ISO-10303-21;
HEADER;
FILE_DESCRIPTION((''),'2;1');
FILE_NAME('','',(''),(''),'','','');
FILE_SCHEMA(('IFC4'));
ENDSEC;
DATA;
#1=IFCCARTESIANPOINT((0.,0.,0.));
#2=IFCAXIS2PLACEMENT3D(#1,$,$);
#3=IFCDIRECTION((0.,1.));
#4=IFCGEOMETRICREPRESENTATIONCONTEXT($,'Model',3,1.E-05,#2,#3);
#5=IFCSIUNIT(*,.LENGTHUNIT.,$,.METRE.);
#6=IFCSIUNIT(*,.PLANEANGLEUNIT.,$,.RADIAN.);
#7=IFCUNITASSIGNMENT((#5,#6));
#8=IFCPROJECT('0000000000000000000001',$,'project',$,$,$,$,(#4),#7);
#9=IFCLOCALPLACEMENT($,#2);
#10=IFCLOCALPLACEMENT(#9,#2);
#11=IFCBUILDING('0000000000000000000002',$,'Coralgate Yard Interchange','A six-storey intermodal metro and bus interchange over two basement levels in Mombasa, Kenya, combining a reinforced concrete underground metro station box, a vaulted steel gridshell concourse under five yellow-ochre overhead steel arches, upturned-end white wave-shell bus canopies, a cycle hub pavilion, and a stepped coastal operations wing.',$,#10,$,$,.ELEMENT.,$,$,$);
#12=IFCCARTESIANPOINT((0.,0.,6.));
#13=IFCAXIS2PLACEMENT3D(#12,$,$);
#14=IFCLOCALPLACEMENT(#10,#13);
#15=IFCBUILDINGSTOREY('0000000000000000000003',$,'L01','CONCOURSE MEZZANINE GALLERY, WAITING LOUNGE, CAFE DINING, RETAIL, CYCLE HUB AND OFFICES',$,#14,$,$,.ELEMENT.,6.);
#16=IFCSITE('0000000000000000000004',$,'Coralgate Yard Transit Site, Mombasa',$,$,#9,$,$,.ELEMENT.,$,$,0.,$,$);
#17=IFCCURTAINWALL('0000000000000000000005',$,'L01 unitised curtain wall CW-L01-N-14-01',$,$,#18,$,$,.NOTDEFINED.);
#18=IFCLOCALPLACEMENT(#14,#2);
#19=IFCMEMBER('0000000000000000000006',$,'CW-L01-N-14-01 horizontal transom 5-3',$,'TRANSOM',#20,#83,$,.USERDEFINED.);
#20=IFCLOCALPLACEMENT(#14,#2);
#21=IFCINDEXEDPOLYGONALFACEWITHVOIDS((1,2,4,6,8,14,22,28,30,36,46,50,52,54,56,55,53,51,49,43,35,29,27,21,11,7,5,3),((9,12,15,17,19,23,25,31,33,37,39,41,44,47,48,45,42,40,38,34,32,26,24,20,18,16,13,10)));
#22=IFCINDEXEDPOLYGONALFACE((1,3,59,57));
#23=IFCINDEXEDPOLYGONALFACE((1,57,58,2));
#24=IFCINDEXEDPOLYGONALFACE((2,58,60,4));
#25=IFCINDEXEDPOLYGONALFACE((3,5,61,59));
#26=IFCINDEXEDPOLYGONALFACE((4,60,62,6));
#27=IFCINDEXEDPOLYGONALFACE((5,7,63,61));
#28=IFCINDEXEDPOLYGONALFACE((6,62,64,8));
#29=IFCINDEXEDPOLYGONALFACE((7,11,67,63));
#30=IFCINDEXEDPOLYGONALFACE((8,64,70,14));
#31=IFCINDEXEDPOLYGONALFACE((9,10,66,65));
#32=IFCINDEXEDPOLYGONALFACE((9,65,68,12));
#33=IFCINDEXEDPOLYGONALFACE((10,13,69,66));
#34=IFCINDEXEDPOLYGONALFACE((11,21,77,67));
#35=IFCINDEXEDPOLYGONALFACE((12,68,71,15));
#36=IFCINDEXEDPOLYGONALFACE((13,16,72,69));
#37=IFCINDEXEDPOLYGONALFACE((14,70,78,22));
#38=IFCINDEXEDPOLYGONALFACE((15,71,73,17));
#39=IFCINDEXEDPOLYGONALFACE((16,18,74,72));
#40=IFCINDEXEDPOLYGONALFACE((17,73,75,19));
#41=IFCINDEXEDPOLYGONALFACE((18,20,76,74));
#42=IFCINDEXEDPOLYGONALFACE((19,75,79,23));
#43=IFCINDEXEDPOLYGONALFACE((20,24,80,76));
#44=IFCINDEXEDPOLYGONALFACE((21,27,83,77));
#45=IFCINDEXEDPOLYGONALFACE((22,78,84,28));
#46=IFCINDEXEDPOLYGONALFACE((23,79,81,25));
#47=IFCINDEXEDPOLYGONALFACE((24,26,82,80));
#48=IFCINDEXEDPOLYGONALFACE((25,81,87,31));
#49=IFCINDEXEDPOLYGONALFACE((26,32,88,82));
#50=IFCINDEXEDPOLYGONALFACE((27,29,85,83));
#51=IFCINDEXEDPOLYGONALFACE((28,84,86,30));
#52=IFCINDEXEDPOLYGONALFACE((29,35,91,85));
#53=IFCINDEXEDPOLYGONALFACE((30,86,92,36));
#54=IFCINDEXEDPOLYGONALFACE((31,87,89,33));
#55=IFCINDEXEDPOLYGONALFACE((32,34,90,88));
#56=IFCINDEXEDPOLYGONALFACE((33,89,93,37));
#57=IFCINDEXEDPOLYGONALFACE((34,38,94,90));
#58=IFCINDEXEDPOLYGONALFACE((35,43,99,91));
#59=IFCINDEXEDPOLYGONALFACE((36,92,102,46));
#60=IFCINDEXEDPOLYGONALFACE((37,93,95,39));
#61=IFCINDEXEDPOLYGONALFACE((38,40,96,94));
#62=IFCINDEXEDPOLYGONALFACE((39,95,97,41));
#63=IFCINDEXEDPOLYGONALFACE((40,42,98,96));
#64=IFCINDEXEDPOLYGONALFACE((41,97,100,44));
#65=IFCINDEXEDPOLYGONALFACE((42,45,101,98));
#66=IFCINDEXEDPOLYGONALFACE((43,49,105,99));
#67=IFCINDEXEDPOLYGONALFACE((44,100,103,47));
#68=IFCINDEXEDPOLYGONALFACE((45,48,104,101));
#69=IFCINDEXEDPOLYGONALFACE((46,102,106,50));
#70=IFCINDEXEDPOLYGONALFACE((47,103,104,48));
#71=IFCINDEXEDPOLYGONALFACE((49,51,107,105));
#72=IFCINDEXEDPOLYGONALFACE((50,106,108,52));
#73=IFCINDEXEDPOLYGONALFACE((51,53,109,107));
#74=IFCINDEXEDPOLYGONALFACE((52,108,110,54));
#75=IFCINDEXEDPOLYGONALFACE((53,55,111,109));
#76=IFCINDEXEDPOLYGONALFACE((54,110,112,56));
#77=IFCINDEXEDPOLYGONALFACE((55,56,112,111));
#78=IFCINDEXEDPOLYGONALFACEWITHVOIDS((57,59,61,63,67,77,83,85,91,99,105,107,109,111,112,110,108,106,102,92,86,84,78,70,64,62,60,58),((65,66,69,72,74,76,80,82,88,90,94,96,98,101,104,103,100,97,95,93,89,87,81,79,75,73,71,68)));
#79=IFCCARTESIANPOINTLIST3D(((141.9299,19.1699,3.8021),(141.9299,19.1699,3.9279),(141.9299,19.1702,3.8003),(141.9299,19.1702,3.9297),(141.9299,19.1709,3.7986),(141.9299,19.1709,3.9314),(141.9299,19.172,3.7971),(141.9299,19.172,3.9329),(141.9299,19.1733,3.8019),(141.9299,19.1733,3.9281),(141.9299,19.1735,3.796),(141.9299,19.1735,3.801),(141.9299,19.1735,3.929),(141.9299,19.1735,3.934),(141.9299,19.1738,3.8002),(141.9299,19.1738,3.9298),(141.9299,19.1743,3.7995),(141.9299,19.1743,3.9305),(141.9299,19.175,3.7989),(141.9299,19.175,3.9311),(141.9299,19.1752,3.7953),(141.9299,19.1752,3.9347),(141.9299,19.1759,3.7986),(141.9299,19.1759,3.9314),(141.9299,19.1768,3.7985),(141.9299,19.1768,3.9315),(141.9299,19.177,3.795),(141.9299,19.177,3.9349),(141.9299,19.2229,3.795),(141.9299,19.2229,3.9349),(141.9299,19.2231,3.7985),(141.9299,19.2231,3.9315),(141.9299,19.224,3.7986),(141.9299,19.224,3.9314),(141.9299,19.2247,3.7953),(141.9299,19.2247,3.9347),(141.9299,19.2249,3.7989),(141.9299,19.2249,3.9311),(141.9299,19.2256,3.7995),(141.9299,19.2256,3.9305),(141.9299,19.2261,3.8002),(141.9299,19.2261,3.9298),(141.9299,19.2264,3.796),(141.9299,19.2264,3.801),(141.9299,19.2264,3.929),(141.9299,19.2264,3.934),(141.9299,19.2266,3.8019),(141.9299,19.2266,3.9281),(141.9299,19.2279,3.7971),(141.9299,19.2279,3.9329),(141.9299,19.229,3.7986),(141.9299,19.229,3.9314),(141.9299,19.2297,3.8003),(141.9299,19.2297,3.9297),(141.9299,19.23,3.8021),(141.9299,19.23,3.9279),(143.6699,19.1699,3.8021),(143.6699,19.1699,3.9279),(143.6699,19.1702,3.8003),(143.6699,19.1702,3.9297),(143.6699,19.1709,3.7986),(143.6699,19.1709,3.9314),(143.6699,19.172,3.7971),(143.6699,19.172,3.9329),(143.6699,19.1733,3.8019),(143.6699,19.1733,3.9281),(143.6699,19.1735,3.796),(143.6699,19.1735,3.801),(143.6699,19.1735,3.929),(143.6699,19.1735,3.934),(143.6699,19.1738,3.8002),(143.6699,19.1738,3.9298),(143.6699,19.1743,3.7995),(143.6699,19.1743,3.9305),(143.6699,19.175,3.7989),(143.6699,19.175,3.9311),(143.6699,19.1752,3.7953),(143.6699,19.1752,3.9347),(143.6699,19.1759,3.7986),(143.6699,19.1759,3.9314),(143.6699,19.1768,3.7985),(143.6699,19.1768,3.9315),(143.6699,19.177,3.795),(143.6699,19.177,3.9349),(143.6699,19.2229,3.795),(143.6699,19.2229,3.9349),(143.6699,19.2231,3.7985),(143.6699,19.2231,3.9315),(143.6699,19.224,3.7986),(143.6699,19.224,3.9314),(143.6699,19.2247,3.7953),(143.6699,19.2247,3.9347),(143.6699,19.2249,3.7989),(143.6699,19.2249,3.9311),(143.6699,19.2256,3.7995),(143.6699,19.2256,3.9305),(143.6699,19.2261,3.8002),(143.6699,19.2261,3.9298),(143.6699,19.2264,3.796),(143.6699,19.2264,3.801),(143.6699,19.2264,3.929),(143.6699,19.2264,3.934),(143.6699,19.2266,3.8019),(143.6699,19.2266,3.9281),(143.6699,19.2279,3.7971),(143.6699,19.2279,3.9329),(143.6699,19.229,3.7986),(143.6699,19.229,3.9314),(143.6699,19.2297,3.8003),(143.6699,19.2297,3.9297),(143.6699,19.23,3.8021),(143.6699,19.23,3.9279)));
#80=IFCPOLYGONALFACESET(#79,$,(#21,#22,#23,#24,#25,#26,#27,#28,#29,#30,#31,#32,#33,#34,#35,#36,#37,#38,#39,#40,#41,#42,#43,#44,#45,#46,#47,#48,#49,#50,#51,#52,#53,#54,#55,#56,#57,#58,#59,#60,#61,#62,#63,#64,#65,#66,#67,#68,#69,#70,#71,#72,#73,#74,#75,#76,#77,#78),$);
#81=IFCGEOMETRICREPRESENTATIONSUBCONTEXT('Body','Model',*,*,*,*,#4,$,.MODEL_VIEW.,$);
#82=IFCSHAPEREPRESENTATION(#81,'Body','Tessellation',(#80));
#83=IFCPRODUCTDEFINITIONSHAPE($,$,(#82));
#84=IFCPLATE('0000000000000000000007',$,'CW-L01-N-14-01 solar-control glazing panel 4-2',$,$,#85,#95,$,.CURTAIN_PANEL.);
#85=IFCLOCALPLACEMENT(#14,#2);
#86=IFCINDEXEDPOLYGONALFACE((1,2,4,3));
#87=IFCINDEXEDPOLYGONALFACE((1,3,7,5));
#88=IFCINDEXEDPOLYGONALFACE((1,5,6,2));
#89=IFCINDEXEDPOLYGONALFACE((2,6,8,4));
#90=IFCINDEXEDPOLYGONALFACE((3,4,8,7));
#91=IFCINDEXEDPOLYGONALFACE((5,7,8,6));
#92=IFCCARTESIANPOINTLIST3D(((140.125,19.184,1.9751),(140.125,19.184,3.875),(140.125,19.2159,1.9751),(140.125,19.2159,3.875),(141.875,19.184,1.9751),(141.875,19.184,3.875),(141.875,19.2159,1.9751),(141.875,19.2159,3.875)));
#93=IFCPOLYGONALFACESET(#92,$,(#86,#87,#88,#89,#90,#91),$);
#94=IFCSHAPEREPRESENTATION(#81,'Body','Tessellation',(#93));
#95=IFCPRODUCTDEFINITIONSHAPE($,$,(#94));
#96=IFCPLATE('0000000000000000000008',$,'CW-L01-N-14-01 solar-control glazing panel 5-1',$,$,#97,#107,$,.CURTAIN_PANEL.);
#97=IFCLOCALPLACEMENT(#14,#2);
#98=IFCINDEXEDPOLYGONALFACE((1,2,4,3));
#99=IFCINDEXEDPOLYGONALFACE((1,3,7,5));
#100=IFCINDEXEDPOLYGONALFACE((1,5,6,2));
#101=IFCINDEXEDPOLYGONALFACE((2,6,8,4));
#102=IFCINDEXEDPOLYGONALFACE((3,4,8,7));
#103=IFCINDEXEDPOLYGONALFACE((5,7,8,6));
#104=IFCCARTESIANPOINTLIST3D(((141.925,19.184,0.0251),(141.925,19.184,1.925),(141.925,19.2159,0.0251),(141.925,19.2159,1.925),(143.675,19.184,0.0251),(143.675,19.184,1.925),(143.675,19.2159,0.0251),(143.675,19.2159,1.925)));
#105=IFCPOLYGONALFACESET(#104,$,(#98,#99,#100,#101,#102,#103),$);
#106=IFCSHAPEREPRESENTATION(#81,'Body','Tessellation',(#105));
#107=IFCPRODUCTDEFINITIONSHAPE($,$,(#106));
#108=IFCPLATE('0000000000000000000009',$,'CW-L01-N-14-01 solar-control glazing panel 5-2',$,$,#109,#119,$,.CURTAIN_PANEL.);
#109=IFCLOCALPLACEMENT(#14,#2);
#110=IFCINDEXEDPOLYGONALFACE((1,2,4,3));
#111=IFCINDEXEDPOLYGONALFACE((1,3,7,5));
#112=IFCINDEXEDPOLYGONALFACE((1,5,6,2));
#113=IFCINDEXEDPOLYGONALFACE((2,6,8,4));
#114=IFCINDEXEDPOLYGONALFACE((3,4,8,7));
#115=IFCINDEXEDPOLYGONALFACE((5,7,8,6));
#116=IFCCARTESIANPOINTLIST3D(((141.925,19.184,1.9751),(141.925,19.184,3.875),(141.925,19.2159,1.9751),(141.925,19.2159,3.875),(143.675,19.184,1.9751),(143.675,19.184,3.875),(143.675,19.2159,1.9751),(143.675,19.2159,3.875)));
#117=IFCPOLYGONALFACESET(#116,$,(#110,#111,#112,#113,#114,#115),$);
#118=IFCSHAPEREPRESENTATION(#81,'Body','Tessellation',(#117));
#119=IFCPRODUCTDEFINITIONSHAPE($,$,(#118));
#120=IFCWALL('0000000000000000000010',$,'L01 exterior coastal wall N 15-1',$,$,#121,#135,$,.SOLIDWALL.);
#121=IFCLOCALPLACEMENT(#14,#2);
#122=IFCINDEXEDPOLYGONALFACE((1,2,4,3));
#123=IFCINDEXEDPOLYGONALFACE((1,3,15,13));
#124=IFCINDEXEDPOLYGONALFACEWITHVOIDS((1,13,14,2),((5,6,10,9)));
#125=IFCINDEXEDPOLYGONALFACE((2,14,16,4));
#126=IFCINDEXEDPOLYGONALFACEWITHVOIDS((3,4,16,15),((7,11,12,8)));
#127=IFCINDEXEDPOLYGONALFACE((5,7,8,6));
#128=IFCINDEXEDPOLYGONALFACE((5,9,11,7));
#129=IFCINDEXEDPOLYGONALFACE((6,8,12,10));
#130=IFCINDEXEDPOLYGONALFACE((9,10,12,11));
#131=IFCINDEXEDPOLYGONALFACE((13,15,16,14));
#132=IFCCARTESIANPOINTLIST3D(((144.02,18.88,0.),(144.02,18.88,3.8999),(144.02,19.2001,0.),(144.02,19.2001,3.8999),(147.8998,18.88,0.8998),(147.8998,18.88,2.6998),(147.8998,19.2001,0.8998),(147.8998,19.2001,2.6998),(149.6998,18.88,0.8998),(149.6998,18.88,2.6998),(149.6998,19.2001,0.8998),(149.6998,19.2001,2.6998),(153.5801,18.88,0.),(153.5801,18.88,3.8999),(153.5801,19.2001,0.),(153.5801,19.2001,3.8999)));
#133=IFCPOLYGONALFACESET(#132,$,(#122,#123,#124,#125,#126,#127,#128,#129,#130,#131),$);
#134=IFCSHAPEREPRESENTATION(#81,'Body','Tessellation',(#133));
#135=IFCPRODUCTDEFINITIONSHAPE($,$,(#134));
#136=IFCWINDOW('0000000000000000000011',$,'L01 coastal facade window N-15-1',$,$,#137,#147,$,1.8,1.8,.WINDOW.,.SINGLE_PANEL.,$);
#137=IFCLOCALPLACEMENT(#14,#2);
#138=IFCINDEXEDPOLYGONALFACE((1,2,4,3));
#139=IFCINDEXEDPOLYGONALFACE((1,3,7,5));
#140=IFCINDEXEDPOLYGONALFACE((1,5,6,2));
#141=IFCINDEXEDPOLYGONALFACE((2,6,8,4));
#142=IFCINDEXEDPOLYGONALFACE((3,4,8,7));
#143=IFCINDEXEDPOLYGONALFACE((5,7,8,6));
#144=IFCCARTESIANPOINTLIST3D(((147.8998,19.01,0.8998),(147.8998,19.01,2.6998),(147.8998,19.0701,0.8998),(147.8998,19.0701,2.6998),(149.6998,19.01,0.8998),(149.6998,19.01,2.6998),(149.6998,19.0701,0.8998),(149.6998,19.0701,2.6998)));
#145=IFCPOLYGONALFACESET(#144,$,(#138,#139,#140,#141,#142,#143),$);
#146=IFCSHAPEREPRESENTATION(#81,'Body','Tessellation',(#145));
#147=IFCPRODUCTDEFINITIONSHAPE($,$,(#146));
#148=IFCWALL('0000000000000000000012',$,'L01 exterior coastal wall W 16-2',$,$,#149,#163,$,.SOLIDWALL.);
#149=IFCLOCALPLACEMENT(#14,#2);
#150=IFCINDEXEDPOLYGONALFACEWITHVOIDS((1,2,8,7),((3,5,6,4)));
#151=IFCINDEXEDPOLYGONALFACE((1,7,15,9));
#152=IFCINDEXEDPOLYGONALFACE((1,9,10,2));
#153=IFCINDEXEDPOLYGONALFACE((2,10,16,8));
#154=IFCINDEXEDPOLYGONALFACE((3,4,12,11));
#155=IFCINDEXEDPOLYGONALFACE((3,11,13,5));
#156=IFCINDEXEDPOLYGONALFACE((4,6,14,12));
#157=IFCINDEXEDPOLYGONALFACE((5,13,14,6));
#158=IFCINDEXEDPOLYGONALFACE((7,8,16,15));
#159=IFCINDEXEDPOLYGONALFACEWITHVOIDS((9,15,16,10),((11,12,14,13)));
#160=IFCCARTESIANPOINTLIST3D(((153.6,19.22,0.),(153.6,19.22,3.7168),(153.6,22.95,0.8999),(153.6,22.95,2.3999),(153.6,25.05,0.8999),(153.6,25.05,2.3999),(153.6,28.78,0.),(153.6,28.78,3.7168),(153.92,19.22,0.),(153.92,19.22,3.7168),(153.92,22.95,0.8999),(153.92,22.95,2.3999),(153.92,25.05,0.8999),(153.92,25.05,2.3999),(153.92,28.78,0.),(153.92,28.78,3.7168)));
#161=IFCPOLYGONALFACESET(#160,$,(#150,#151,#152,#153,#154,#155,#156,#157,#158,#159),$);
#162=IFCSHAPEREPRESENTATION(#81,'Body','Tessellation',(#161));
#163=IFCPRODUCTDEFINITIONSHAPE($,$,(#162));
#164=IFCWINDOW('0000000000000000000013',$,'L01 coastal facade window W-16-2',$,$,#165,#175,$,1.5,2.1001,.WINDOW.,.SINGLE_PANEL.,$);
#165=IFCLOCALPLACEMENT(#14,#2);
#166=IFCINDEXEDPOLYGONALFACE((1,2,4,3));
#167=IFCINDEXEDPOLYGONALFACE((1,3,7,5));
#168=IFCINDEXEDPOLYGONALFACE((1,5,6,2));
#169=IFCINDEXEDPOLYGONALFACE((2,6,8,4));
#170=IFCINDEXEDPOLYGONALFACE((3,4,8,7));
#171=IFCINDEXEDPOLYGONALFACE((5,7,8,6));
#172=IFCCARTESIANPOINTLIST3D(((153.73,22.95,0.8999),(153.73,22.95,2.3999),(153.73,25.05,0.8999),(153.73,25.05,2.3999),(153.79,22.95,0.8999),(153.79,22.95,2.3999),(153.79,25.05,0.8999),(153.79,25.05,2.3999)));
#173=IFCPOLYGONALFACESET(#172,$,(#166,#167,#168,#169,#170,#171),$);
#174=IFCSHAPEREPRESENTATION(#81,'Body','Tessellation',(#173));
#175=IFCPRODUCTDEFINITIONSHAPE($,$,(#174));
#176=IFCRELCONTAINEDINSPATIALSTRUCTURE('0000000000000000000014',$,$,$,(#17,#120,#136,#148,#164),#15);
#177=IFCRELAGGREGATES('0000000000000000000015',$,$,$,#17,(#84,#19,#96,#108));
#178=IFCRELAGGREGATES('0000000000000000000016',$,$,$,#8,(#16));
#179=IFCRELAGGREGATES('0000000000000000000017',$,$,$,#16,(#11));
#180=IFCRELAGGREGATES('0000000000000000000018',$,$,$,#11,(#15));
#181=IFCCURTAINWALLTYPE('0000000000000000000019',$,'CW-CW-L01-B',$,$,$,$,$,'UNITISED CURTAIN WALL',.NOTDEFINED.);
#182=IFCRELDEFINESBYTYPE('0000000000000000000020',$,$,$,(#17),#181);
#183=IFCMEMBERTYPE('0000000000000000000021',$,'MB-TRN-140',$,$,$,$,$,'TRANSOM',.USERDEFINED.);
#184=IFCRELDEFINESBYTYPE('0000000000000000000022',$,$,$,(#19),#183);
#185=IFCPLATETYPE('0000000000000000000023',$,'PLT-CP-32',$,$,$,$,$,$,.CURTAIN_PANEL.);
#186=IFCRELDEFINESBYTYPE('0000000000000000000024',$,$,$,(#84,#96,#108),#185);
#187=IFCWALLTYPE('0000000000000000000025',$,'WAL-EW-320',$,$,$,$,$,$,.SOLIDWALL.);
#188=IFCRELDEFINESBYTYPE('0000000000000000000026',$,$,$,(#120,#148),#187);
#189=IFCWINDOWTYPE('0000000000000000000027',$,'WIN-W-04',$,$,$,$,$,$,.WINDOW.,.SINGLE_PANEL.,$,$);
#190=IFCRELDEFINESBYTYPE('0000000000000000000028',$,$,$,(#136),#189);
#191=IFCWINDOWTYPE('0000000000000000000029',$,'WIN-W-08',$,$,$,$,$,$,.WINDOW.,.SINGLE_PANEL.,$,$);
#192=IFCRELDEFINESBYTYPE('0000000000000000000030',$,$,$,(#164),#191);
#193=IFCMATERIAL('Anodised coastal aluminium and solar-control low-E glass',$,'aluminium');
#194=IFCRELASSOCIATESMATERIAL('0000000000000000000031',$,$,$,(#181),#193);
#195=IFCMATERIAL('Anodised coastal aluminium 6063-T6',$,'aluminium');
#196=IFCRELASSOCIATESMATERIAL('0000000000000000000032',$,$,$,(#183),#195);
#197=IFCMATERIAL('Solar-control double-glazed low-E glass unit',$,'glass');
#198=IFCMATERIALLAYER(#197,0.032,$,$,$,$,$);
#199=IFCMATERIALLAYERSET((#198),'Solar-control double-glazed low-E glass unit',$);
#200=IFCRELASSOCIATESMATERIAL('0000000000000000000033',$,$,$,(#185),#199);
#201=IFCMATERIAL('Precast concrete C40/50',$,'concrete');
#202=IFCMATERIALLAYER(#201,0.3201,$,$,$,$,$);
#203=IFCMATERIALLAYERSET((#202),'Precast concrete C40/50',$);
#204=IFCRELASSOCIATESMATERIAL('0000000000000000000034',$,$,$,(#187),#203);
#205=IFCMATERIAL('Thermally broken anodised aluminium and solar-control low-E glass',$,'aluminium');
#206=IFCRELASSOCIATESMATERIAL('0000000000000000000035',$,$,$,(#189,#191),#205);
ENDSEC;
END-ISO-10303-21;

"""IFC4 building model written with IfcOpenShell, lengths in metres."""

from ifc_helpers import new_model, si_unit, direction, frame, frame_2d, origin, origin_2d, place, context, subcontext, project, spatial, rectangle, hollow_rectangle, extrude, material, layer, layer_set, material_profile, profile_set, type_object, element, fill, aggregate, save


model = new_model("IFC4")

# Units and contexts
model_context = context("Model", 3, precision=1e-05, world=origin(), true_north=direction((0.0, 1.0)))
body_context = subcontext(model_context, "Body", "Model", "MODEL_VIEW")
ifc_project = project(units=[si_unit("LENGTHUNIT", "METRE"), si_unit("PLANEANGLEUNIT", "RADIAN")], contexts=[model_context])

# Site, building, storey
site_placement = place(None, origin())
site = spatial("IfcSite", under=ifc_project, at=site_placement, Name="Coralgate Yard Transit Site, Mombasa", CompositionType="ELEMENT", RefElevation=0.0)
building_placement = place(site_placement, origin())
building = spatial("IfcBuilding", under=site, at=building_placement, Name="Coralgate Yard Interchange", Description="A six-storey intermodal metro and bus interchange over two basement levels in Mombasa, Kenya, combining a reinforced concrete underground metro station box, a vaulted steel gridshell concourse under five yellow-ochre overhead steel arches, upturned-end white wave-shell bus canopies, a cycle hub pavilion, and a stepped coastal operations wing.", CompositionType="ELEMENT")
storey_placement = place(building_placement, frame((0.0, 0.0, 6.0)))
storey = spatial("IfcBuildingStorey", under=building, at=storey_placement, Name="L01", Description="CONCOURSE MEZZANINE GALLERY, WAITING LOUNGE, CAFE DINING, RETAIL, CYCLE HUB AND OFFICES", CompositionType="ELEMENT", Elevation=6.0)

# Curtain wall, member, plates
ifc_material_1 = material(Name="Anodised coastal aluminium and solar-control low-E glass", Category="aluminium")
curtain_wall_type = type_object("IfcCurtainWallType", Name="CW-CW-L01-B", ElementType="UNITISED CURTAIN WALL", PredefinedType="NOTDEFINED", material=ifc_material_1)
curtain_wall_placement = place(storey_placement, origin())
curtain_wall = element("IfcCurtainWall", 1, at=curtain_wall_placement, inside=storey, type_object=curtain_wall_type, Name="L01 unitised curtain wall CW-L01-N-14-01", PredefinedType="NOTDEFINED")
ifc_material_2 = material(Name="Anodised coastal aluminium 6063-T6", Category="aluminium")
ifc_material_profile_1 = material_profile(ifc_material_2, hollow_rectangle(XDim=0.0601, YDim=0.1399, WallThickness=0.0034, InnerFilletRadius=0.0034, OuterFilletRadius=0.0071, at=origin_2d()), Name="ALU 60x140x3.5")
ifc_profile_set_1 = profile_set([ifc_material_profile_1], Name="Anodised coastal aluminium 6063-T6")
member_type_1 = type_object("IfcMemberType", Name="MB-TRN-140", ElementType="TRANSOM", PredefinedType="USERDEFINED", material=ifc_profile_set_1)
member_1_placement = place(storey_placement, frame((141.9299, 19.2, 3.865), z_axis=(1.0, 0.0, 0.0), x_axis=(0.0, 1.0, 0.0)))
member_1 = element("IfcMember", 2, at=member_1_placement, type_object=member_type_1, Name="CW-L01-N-14-01 horizontal transom 5-3", ObjectType="TRANSOM", PredefinedType="USERDEFINED", context=body_context, shape_type="SweptSolid", body=[
    extrude(hollow_rectangle(XDim=0.0601, YDim=0.1399, WallThickness=0.0034, InnerFilletRadius=0.0034, OuterFilletRadius=0.0071, at=origin_2d()), origin(), (0.0, 0.0, 1.0), 1.74),
])
ifc_material_3 = material(Name="Solar-control double-glazed low-E glass unit", Category="glass")
ifc_layer_1 = layer(ifc_material_3, 0.032)
ifc_layer_set_1 = layer_set([ifc_layer_1], Name="Solar-control double-glazed low-E glass unit")
plate_type = type_object("IfcPlateType", Name="PLT-CP-32", PredefinedType="CURTAIN_PANEL", material=ifc_layer_set_1)
plate_1_placement = place(storey_placement, frame((141.0, 19.2, 1.9751), z_axis=(0.0, 0.0, 1.0), x_axis=(1.0, 0.0, 0.0)))
plate_1 = element("IfcPlate", 3, at=plate_1_placement, type_object=plate_type, Name="CW-L01-N-14-01 solar-control glazing panel 4-2", PredefinedType="CURTAIN_PANEL", context=body_context, shape_type="SweptSolid", body=[
    extrude(rectangle(XDim=1.75, YDim=0.032, at=origin_2d()), origin(), (0.0, 0.0, 1.0), 1.8999),
])
plate_2_placement = place(storey_placement, frame((142.8, 19.2, 0.0251), z_axis=(0.0, 0.0, 1.0), x_axis=(1.0, 0.0, 0.0)))
plate_2 = element("IfcPlate", 4, at=plate_2_placement, type_object=plate_type, Name="CW-L01-N-14-01 solar-control glazing panel 5-1", PredefinedType="CURTAIN_PANEL", context=body_context, shape_type="SweptSolid", body=[
    extrude(rectangle(XDim=1.75, YDim=0.032, at=origin_2d()), origin(), (0.0, 0.0, 1.0), 1.8999),
])
plate_3_placement = place(storey_placement, frame((142.8, 19.2, 1.9751), z_axis=(0.0, 0.0, 1.0), x_axis=(1.0, 0.0, 0.0)))
plate_3 = element("IfcPlate", 5, at=plate_3_placement, type_object=plate_type, Name="CW-L01-N-14-01 solar-control glazing panel 5-2", PredefinedType="CURTAIN_PANEL", context=body_context, shape_type="SweptSolid", body=[
    extrude(rectangle(XDim=1.75, YDim=0.032, at=origin_2d()), origin(), (0.0, 0.0, 1.0), 1.8999),
])
aggregate(curtain_wall, [plate_1, member_1, plate_2, plate_3])

# Walls, openings, windows
ifc_material_4 = material(Name="Precast concrete C40/50", Category="concrete")
ifc_layer_2 = layer(ifc_material_4, 0.3201)
ifc_layer_set_2 = layer_set([ifc_layer_2], Name="Precast concrete C40/50")
wall_type_1 = type_object("IfcWallType", Name="WAL-EW-320", PredefinedType="SOLIDWALL", material=ifc_layer_set_2)
wall_1_placement = place(storey_placement, frame((144.02, 19.04, 0.0), z_axis=(0.0, 0.0, 1.0), x_axis=(1.0, 0.0, 0.0)))
wall_1 = element("IfcWall", 6, at=wall_1_placement, inside=storey, type_object=wall_type_1, Name="L01 exterior coastal wall N 15-1", PredefinedType="SOLIDWALL", context=body_context, shape_type="SweptSolid", body=[
    extrude(rectangle(XDim=9.5601, YDim=0.3201, at=frame_2d((4.78, 0.0))), origin(), (0.0, 0.0, 1.0), 3.8999),
])
opening_1_placement = place(wall_1_placement, frame((3.8799, 0.0, 0.8999)))
opening_1 = element("IfcOpeningElement", 7, at=opening_1_placement, cuts=wall_1, PredefinedType="OPENING", context=body_context, shape_type="SweptSolid", body=[
    extrude(rectangle(XDim=1.8, YDim=1.8, at=frame_2d((0.8999, 0.8999))), frame((0.0, 0.1699, 0.0), z_axis=(0.0, -1.0, 0.0), x_axis=(1.0, 0.0, 0.0)), (0.0, 0.0, 1.0), 0.3401),
])
ifc_material_5 = material(Name="Thermally broken anodised aluminium and solar-control low-E glass", Category="aluminium")
window_type_1 = type_object("IfcWindowType", Name="WIN-W-04", PartitioningType="SINGLE_PANEL", PredefinedType="WINDOW", material=ifc_material_5)
window_1_placement = place(opening_1_placement, origin())
window_1 = element("IfcWindow", 8, at=window_1_placement, inside=storey, type_object=window_type_1, Name="L01 coastal facade window N-15-1", OverallHeight=1.8, OverallWidth=1.8, PartitioningType="SINGLE_PANEL", PredefinedType="WINDOW", context=body_context, shape_type="SweptSolid", body=[
    extrude(rectangle(XDim=1.8, YDim=1.8, at=frame_2d((0.8999, 0.8999))), frame((0.0, 0.03, 0.0), z_axis=(0.0, -1.0, 0.0), x_axis=(1.0, 0.0, 0.0)), (0.0, 0.0, 1.0), 0.0601),
])
fill(opening_1, window_1)
wall_2_placement = place(storey_placement, frame((153.76, 19.22, 0.0), z_axis=(0.0, 0.0, 1.0), x_axis=(0.0, 1.0, 0.0)))
wall_2 = element("IfcWall", 9, at=wall_2_placement, inside=storey, type_object=wall_type_1, Name="L01 exterior coastal wall W 16-2", PredefinedType="SOLIDWALL", context=body_context, shape_type="SweptSolid", body=[
    extrude(rectangle(XDim=9.5601, YDim=0.3201, at=frame_2d((4.78, 0.0))), origin(), (0.0, 0.0, 1.0), 3.7168),
])
opening_2_placement = place(wall_2_placement, frame((3.73, 0.0, 0.8999)))
opening_2 = element("IfcOpeningElement", 10, at=opening_2_placement, cuts=wall_2, PredefinedType="OPENING", context=body_context, shape_type="SweptSolid", body=[
    extrude(rectangle(XDim=2.1001, YDim=1.5, at=frame_2d((1.05, 0.75))), frame((0.0, 0.1699, 0.0), z_axis=(0.0, -1.0, 0.0), x_axis=(1.0, 0.0, 0.0)), (0.0, 0.0, 1.0), 0.3401),
])
window_type_2 = type_object("IfcWindowType", Name="WIN-W-08", PartitioningType="SINGLE_PANEL", PredefinedType="WINDOW", material=ifc_material_5)
window_2_placement = place(opening_2_placement, origin())
window_2 = element("IfcWindow", 11, at=window_2_placement, inside=storey, type_object=window_type_2, Name="L01 coastal facade window W-16-2", OverallHeight=1.5, OverallWidth=2.1001, PartitioningType="SINGLE_PANEL", PredefinedType="WINDOW", context=body_context, shape_type="SweptSolid", body=[
    extrude(rectangle(XDim=2.1001, YDim=1.5, at=frame_2d((1.05, 0.75))), frame((0.0, 0.03, 0.0), z_axis=(0.0, -1.0, 0.0), x_axis=(1.0, 0.0, 0.0)), (0.0, 0.0, 1.0), 0.0601),
])
fill(opening_2, window_2)

save(model, "model.ifc")
